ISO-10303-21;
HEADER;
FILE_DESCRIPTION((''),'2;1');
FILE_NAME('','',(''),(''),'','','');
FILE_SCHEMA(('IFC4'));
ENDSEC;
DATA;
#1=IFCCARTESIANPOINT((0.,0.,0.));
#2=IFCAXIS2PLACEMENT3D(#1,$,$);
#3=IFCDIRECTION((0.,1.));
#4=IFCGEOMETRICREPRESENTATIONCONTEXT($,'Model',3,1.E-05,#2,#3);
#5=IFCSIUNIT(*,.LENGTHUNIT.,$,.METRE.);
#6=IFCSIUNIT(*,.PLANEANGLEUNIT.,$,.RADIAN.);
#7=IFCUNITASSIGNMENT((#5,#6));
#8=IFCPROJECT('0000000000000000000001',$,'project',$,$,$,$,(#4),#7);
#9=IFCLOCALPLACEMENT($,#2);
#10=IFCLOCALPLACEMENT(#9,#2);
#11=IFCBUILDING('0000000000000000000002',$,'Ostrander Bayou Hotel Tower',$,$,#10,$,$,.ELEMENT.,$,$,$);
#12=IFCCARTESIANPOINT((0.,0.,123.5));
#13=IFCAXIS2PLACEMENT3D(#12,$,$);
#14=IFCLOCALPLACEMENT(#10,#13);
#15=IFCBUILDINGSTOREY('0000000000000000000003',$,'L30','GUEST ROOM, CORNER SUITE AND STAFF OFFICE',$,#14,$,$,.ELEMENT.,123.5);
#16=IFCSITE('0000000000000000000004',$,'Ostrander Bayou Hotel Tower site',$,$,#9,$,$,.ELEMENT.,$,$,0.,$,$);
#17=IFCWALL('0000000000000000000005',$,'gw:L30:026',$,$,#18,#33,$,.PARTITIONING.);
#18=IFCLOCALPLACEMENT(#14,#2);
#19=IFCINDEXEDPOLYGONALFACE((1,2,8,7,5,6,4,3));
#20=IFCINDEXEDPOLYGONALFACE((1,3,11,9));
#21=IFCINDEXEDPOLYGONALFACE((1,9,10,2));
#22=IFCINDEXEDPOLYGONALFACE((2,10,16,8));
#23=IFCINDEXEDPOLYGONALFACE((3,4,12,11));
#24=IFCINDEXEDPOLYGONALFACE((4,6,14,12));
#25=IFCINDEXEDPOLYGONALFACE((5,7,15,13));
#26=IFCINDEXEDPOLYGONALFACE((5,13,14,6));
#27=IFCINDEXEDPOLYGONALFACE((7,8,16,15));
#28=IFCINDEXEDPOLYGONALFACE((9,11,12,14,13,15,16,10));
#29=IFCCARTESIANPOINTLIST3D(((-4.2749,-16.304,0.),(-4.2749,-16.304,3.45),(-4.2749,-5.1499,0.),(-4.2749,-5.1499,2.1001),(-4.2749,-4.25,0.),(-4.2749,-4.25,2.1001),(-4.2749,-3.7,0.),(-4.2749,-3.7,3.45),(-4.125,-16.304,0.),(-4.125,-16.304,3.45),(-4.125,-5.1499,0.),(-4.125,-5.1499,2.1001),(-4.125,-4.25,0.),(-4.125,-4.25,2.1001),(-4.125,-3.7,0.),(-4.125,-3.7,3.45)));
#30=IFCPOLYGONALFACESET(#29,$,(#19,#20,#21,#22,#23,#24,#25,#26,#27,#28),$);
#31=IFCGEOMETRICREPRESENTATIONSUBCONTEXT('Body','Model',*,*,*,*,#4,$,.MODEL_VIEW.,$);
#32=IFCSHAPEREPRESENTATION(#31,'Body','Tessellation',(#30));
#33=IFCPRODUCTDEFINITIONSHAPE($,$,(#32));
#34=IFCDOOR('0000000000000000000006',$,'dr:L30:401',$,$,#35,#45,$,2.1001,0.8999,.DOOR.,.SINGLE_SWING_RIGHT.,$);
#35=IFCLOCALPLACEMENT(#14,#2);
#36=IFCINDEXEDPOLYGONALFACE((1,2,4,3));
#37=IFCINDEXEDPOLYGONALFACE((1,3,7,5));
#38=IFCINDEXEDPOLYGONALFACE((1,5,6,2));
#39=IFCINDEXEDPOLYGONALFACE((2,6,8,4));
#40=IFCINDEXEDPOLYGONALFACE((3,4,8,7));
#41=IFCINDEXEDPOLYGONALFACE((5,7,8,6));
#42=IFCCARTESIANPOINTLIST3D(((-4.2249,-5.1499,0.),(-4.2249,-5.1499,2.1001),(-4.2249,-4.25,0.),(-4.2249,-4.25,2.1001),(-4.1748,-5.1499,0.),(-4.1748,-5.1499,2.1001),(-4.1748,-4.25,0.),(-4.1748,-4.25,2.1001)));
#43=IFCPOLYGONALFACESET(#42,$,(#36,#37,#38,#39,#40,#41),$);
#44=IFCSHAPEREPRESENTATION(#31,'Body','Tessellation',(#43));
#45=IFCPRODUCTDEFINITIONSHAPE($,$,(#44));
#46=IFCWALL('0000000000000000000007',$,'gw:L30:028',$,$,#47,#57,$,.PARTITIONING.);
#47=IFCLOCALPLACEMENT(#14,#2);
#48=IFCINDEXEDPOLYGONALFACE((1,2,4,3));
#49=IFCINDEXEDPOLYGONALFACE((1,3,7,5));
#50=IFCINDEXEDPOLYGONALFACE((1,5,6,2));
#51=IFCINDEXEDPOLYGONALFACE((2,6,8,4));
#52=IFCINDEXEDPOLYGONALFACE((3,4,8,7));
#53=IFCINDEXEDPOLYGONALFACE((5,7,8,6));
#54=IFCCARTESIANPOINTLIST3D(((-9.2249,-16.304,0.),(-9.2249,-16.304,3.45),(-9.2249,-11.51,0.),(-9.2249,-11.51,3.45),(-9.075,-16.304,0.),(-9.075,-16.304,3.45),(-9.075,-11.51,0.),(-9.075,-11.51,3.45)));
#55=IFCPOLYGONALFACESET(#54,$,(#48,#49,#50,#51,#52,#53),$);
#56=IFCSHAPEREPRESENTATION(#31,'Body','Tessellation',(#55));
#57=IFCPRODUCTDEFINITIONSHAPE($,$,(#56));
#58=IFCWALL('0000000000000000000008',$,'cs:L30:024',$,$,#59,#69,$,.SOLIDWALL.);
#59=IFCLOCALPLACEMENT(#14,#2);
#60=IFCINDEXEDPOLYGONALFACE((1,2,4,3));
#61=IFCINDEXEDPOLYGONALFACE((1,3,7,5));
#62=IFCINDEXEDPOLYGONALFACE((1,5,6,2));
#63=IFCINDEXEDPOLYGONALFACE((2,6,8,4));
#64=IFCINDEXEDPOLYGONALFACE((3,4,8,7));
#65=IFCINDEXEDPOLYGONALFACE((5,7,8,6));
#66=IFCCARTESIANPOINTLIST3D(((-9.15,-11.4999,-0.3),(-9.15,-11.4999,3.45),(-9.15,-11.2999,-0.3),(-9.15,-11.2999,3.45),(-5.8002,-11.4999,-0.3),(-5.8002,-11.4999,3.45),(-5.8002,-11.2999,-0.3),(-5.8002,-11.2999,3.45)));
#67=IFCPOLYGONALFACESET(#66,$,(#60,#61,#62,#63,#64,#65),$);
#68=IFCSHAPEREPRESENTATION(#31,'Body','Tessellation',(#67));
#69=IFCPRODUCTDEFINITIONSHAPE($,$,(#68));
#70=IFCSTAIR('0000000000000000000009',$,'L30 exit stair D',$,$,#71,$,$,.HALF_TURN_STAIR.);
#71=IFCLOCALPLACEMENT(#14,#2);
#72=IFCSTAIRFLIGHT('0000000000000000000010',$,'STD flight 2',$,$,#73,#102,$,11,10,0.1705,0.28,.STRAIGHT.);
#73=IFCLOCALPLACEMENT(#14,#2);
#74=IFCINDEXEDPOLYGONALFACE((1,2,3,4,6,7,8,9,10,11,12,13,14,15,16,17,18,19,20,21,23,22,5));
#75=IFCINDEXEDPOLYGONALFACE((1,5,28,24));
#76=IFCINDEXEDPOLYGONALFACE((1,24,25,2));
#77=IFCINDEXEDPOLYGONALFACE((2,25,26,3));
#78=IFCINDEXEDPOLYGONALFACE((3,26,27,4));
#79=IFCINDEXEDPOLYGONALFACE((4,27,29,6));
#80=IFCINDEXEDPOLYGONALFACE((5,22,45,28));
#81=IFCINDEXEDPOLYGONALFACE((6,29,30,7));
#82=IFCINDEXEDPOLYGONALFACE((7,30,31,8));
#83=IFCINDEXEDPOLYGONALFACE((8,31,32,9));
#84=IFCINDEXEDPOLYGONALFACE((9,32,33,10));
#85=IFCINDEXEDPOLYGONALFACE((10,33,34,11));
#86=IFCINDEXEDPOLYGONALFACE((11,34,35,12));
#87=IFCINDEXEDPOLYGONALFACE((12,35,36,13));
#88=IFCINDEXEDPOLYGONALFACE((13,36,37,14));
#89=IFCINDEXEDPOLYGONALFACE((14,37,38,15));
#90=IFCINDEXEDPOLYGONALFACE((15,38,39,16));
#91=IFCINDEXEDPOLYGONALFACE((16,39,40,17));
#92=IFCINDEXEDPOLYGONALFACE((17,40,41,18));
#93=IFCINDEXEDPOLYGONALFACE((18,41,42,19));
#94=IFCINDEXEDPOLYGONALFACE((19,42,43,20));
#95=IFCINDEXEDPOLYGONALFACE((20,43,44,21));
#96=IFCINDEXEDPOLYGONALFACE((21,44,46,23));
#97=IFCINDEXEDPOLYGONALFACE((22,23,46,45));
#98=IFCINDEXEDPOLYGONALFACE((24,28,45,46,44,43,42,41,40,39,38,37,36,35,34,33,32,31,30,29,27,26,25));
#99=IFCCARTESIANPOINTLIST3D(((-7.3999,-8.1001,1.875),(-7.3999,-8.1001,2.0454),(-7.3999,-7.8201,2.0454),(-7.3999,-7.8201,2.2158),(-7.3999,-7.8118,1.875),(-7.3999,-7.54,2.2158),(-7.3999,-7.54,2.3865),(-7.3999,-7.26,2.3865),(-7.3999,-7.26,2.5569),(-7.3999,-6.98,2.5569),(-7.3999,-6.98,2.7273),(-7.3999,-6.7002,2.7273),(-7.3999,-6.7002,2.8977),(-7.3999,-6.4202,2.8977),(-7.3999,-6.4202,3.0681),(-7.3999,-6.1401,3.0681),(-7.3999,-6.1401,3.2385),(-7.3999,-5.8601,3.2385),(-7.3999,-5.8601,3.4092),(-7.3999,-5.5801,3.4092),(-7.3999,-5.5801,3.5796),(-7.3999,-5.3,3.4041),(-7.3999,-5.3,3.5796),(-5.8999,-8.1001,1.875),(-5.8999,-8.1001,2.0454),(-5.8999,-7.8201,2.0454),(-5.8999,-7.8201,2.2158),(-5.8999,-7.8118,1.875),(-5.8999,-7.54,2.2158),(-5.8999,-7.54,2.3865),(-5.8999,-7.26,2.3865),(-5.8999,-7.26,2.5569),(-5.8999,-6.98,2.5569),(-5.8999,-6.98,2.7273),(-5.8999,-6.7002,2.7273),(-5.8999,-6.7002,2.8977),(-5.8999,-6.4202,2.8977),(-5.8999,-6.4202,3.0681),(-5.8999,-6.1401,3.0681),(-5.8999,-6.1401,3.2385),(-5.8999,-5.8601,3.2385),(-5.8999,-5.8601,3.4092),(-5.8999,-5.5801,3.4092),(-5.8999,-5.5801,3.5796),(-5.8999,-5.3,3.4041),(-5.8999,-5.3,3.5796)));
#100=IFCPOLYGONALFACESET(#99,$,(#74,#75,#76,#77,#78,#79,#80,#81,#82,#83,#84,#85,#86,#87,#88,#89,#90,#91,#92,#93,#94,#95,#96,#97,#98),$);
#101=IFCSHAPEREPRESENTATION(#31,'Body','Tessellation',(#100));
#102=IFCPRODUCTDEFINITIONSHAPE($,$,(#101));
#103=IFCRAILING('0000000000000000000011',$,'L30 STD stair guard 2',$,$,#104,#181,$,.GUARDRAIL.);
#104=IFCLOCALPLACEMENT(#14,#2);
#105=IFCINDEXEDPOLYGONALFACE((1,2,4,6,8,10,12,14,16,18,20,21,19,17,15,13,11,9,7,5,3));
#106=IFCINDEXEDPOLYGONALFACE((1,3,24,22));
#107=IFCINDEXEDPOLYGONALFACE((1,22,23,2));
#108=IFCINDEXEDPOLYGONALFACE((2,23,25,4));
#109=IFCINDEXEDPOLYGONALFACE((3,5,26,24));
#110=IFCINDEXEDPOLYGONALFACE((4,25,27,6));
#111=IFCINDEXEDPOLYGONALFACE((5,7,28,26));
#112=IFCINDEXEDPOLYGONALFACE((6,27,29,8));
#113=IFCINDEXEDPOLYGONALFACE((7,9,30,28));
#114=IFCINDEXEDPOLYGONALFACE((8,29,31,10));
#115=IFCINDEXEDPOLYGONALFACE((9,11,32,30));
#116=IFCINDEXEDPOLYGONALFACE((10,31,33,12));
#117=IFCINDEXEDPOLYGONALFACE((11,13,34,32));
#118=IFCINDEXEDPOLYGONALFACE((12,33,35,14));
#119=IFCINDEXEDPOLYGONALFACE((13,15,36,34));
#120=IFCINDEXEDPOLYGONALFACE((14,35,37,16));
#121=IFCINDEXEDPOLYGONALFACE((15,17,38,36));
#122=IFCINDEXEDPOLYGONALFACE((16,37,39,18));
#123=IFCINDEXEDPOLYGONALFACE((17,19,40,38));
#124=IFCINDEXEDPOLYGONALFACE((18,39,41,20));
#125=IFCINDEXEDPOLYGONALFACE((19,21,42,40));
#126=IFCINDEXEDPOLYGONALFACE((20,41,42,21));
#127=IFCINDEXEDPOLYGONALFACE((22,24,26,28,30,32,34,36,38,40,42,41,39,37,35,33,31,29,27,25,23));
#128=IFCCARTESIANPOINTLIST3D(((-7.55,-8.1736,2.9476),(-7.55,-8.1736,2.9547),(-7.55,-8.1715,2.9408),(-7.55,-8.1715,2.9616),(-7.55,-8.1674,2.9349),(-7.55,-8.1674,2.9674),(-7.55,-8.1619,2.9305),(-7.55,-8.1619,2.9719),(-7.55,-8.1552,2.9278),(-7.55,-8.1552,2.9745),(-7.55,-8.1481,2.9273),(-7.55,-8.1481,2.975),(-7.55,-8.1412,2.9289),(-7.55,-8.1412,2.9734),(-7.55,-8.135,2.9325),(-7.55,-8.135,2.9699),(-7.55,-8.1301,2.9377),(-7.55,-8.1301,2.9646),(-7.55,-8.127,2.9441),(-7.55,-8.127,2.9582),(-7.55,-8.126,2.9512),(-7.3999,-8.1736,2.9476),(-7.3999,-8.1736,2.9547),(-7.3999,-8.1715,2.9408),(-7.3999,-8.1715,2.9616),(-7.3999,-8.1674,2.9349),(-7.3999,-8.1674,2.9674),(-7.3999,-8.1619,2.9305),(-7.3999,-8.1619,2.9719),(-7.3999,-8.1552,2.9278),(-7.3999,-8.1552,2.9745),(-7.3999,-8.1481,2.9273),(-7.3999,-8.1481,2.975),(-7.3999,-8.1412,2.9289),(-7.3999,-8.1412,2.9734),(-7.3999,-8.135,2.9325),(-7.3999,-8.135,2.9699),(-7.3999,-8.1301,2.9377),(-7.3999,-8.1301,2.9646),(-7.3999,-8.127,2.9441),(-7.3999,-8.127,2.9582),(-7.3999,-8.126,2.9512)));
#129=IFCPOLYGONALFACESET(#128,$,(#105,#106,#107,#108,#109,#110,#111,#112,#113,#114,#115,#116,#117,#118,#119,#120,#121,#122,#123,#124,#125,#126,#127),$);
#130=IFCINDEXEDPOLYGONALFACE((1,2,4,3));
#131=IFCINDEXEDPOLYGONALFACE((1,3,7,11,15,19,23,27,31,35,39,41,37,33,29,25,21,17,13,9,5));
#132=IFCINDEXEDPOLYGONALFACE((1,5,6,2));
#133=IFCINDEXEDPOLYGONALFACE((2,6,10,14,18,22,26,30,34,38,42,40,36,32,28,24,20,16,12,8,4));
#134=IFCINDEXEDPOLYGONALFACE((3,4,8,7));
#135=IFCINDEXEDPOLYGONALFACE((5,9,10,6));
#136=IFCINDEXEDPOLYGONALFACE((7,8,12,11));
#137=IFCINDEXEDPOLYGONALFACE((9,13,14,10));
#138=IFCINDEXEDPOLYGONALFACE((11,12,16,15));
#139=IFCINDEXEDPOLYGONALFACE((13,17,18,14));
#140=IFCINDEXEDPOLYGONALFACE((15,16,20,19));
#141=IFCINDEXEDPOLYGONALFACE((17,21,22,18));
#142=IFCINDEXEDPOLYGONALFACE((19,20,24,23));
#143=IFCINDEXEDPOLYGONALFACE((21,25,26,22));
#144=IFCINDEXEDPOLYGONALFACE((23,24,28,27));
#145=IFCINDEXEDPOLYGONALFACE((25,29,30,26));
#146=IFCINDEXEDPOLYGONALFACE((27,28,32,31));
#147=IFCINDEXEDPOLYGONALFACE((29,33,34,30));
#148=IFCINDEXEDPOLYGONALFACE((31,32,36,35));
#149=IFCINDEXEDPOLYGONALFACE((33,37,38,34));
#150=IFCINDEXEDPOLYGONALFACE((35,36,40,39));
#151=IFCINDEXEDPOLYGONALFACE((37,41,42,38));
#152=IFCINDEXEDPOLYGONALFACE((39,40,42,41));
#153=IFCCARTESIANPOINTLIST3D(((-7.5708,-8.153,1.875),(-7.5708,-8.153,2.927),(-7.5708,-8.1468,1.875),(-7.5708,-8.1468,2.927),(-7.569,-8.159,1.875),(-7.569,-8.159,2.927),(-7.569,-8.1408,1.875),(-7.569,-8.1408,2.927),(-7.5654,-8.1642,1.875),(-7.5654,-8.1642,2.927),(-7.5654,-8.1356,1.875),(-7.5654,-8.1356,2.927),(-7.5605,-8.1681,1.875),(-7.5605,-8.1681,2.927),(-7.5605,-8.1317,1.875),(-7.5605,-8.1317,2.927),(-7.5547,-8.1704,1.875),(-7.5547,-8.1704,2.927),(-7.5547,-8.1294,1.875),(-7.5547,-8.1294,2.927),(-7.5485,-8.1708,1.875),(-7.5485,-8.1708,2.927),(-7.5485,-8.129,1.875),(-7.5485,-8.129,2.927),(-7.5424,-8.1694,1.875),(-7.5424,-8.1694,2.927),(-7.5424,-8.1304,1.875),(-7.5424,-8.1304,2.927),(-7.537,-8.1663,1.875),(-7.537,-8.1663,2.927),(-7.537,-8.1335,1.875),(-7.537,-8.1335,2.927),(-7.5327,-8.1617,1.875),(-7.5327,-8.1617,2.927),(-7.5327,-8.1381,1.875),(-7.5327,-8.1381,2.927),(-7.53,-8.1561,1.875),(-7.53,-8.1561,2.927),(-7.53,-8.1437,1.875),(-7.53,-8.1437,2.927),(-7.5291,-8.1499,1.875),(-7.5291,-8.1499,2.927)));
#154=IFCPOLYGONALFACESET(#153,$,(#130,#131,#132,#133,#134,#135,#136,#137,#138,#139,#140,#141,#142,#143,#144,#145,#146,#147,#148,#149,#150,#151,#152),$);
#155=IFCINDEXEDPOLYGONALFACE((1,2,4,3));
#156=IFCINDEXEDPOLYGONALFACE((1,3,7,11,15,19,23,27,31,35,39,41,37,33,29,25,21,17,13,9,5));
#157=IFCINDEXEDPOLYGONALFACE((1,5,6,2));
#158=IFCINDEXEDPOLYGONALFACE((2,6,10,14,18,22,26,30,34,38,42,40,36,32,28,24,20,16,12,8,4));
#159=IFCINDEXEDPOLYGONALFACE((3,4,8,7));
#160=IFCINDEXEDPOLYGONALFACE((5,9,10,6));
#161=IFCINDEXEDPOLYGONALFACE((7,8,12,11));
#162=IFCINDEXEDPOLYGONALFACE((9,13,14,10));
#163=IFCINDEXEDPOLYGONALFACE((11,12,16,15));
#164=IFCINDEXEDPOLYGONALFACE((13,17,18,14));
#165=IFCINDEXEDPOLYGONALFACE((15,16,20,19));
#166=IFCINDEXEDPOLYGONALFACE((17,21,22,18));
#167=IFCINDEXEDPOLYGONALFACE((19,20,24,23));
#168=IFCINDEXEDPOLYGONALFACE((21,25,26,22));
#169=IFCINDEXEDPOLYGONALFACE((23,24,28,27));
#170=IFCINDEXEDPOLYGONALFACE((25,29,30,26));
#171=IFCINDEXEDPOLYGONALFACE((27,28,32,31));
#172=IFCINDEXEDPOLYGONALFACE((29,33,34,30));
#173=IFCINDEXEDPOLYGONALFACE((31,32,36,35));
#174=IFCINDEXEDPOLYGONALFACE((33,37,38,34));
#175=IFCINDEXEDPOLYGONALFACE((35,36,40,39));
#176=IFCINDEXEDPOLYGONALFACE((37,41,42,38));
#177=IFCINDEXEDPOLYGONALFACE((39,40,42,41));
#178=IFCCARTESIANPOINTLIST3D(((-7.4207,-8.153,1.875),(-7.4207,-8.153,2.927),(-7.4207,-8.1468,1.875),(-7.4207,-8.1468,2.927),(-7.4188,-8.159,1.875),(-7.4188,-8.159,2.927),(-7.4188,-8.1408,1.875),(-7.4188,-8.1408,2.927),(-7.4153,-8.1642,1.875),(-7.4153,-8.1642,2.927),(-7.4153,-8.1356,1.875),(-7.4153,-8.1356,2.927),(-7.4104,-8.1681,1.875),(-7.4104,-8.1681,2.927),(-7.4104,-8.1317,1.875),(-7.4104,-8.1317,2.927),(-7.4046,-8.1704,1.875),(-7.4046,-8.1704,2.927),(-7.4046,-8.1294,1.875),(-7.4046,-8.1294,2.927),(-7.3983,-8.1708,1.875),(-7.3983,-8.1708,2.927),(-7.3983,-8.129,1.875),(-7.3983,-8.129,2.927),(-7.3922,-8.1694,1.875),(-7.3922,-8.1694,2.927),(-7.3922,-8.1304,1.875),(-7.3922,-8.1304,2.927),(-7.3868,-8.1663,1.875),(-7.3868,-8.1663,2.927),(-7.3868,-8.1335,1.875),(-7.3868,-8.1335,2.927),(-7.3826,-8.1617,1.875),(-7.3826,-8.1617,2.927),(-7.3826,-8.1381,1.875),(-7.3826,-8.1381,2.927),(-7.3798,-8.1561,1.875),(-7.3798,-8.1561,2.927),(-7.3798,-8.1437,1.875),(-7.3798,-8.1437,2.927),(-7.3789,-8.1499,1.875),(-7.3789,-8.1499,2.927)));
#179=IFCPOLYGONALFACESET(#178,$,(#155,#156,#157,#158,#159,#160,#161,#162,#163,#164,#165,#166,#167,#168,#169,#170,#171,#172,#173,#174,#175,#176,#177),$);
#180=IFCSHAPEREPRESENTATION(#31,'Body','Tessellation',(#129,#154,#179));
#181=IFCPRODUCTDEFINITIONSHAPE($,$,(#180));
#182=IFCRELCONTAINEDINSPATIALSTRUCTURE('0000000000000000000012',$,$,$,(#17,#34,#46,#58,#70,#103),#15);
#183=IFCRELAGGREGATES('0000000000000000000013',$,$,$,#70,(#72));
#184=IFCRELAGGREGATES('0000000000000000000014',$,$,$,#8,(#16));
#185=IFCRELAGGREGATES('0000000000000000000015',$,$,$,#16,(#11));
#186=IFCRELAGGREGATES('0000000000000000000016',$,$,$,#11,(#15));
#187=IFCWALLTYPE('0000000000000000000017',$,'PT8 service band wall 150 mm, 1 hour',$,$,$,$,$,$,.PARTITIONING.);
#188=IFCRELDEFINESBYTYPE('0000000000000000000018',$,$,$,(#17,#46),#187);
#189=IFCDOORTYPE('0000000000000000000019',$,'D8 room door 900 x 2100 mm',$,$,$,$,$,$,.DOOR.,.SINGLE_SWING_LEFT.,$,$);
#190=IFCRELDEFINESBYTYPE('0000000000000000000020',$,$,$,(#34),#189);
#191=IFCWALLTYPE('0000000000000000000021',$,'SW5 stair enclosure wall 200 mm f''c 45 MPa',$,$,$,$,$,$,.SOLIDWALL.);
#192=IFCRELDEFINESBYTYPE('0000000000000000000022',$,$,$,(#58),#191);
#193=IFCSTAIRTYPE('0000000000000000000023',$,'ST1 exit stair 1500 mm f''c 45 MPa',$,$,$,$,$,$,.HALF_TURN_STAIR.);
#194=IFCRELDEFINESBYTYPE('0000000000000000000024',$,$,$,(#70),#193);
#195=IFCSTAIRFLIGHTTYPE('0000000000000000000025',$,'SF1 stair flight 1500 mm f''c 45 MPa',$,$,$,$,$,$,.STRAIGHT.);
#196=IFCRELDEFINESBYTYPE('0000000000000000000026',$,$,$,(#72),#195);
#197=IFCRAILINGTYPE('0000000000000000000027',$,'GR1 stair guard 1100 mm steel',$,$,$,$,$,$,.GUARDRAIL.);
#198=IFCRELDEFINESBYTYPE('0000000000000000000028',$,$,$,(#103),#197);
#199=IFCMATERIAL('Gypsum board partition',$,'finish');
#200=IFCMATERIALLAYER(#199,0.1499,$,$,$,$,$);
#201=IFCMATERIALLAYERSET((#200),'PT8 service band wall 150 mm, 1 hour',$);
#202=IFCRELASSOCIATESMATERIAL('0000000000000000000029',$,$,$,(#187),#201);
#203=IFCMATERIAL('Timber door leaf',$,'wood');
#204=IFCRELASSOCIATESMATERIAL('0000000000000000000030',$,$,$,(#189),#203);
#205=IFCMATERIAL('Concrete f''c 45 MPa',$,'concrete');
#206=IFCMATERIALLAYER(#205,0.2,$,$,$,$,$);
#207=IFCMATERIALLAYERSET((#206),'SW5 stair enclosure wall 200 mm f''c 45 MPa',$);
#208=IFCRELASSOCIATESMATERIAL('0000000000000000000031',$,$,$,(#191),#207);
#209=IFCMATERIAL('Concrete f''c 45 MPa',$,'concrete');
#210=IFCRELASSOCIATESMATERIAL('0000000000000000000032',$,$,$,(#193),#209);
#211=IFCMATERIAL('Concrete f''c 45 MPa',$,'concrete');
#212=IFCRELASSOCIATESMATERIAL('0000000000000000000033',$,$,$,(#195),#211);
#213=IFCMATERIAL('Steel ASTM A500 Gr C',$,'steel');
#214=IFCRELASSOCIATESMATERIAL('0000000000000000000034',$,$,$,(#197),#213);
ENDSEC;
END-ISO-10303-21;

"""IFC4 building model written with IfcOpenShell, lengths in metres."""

from ifc_helpers import new_model, si_unit, direction, frame, frame_2d, origin, origin_2d, place, context, subcontext, project, spatial, polyline, rectangle, circle, outline, extrude, material, layer, layer_set, type_object, element, fill, aggregate, save


model = new_model("IFC4")

# Units and contexts
model_context = context("Model", 3, precision=1e-05, world=origin(), true_north=direction((0.0, 1.0)))
body_context = subcontext(model_context, "Body", "Model", "MODEL_VIEW")
ifc_project = project(units=[si_unit("LENGTHUNIT", "METRE"), si_unit("PLANEANGLEUNIT", "RADIAN")], contexts=[model_context])

# Site, building, storey
site_placement = place(None, origin())
site = spatial("IfcSite", under=ifc_project, at=site_placement, Name="Ostrander Bayou Hotel Tower site", CompositionType="ELEMENT", RefElevation=0.0)
building_placement = place(site_placement, origin())
building = spatial("IfcBuilding", under=site, at=building_placement, Name="Ostrander Bayou Hotel Tower", CompositionType="ELEMENT")
storey_placement = place(building_placement, frame((0.0, 0.0, 123.5)))
storey = spatial("IfcBuildingStorey", under=building, at=storey_placement, Name="L30", Description="GUEST ROOM, CORNER SUITE AND STAFF OFFICE", CompositionType="ELEMENT", Elevation=123.5)

# Wall, opening, door
ifc_material_1 = material(Name="Gypsum board partition", Category="finish")
ifc_layer_1 = layer(ifc_material_1, 0.1499)
ifc_layer_set_1 = layer_set([ifc_layer_1], Name="PT8 service band wall 150 mm, 1 hour")
wall_type_1 = type_object("IfcWallType", Name="PT8 service band wall 150 mm, 1 hour", PredefinedType="PARTITIONING", material=ifc_layer_set_1)
wall_1_placement = place(storey_placement, frame((-4.2, -16.304, 0.0), z_axis=(0.0, 0.0, 1.0), x_axis=(0.0, 1.0, 0.0)))
wall_1 = element("IfcWall", 1, at=wall_1_placement, inside=storey, type_object=wall_type_1, Name="gw:L30:026", PredefinedType="PARTITIONING", context=body_context, shape_type="SweptSolid", body=[
    extrude(rectangle(XDim=12.604, YDim=0.1499, at=frame_2d((6.302, 0.0))), origin(), (0.0, 0.0, 1.0), 3.45),
])
opening_1_placement = place(wall_1_placement, frame((11.1541, 0.0, 0.0)))
opening_1 = element("IfcOpeningElement", 2, at=opening_1_placement, cuts=wall_1, PredefinedType="OPENING", context=body_context, shape_type="SweptSolid", body=[
    extrude(rectangle(XDim=0.8999, YDim=2.1001, at=frame_2d((0.45, 1.05))), frame((0.0, 0.075, 0.0), z_axis=(0.0, -1.0, 0.0), x_axis=(1.0, 0.0, 0.0)), (0.0, 0.0, 1.0), 0.1499),
])
ifc_material_2 = material(Name="Timber door leaf", Category="wood")
door_type_1 = type_object("IfcDoorType", Name="D8 room door 900 x 2100 mm", OperationType="SINGLE_SWING_LEFT", PredefinedType="DOOR", material=ifc_material_2)
door_1_placement = place(opening_1_placement, origin())
door_1 = element("IfcDoor", 3, at=door_1_placement, inside=storey, type_object=door_type_1, Name="dr:L30:401", OperationType="SINGLE_SWING_RIGHT", OverallHeight=2.1001, OverallWidth=0.8999, PredefinedType="DOOR", context=body_context, shape_type="SweptSolid", body=[
    extrude(rectangle(XDim=0.8999, YDim=2.1001, at=frame_2d((0.45, 1.05))), frame((0.0, 0.0249, 0.0), z_axis=(0.0, -1.0, 0.0), x_axis=(1.0, 0.0, 0.0)), (0.0, 0.0, 1.0), 0.05),
])
fill(opening_1, door_1)

# Walls
wall_2_placement = place(storey_placement, frame((-9.1499, -16.304, 0.0), z_axis=(0.0, 0.0, 1.0), x_axis=(0.0, 1.0, 0.0)))
element("IfcWall", 4, at=wall_2_placement, inside=storey, type_object=wall_type_1, Name="gw:L30:028", PredefinedType="PARTITIONING", context=body_context, shape_type="SweptSolid", body=[
    extrude(rectangle(XDim=4.7939, YDim=0.1499, at=frame_2d((2.397, 0.0))), origin(), (0.0, 0.0, 1.0), 3.45),
])
ifc_material_3 = material(Name="Concrete f'c 45 MPa", Category="concrete")
ifc_layer_2 = layer(ifc_material_3, 0.2)
ifc_layer_set_2 = layer_set([ifc_layer_2], Name="SW5 stair enclosure wall 200 mm f'c 45 MPa")
wall_type_2 = type_object("IfcWallType", Name="SW5 stair enclosure wall 200 mm f'c 45 MPa", PredefinedType="SOLIDWALL", material=ifc_layer_set_2)
wall_3_placement = place(storey_placement, frame((-9.1499, -11.3999, -0.3), z_axis=(0.0, 0.0, 1.0), x_axis=(1.0, 0.0, 0.0)))
element("IfcWall", 5, at=wall_3_placement, inside=storey, type_object=wall_type_2, Name="cs:L30:024", PredefinedType="SOLIDWALL", context=body_context, shape_type="SweptSolid", body=[
    extrude(rectangle(XDim=3.3499, YDim=0.2, at=frame_2d((1.6748, 0.0))), origin(), (0.0, 0.0, 1.0), 3.75),
])

# Stair, stair flight
ifc_material_4 = material(Name="Concrete f'c 45 MPa", Category="concrete")
stair_type = type_object("IfcStairType", Name="ST1 exit stair 1500 mm f'c 45 MPa", PredefinedType="HALF_TURN_STAIR", material=ifc_material_4)
stair_placement = place(storey_placement, origin())
stair = element("IfcStair", 6, at=stair_placement, inside=storey, type_object=stair_type, Name="L30 exit stair D", PredefinedType="HALF_TURN_STAIR")
ifc_material_5 = material(Name="Concrete f'c 45 MPa", Category="concrete")
stair_flight_type = type_object("IfcStairFlightType", Name="SF1 stair flight 1500 mm f'c 45 MPa", PredefinedType="STRAIGHT", material=ifc_material_5)
stair_flight_placement = place(storey_placement, frame((-6.6499, -8.1001, 1.875), z_axis=(0.0, 0.0, 1.0), x_axis=(0.0, 1.0, 0.0)))
stair_flight = element("IfcStairFlight", 7, at=stair_flight_placement, type_object=stair_flight_type, Name="STD flight 2", NumberOfRisers=11, NumberOfTreads=10, PredefinedType="STRAIGHT", RiserHeight=0.1705, TreadLength=0.28, context=body_context, shape_type="SweptSolid", body=[
    extrude(outline(polyline([(0.0, 0.0), (0.0, 0.1704), (0.28, 0.1704), (0.28, 0.3408), (0.5601, 0.3408), (0.5601, 0.5115), (0.8401, 0.5115), (0.8401, 0.6819), (1.1201, 0.6819), (1.1201, 0.8523), (1.3999, 0.8523), (1.3999, 1.0227), (1.6799, 1.0227), (1.6799, 1.1931), (1.96, 1.1931), (1.96, 1.3635), (2.24, 1.3635), (2.24, 1.5342), (2.52, 1.5342), (2.52, 1.7046), (2.8, 1.7046), (2.8, 1.875), (2.8, 1.5291), (0.2883, 0.0), (0.0, 0.0)])), frame((0.0, 0.75, 0.0), z_axis=(0.0, -1.0, 0.0), x_axis=(1.0, 0.0, 0.0)), (0.0, 0.0, 1.0), 1.5),
])
aggregate(stair, [stair_flight])

# Railing
ifc_material_6 = material(Name="Steel ASTM A500 Gr C", Category="steel")
railing_type_1 = type_object("IfcRailingType", Name="GR1 stair guard 1100 mm steel", PredefinedType="GUARDRAIL", material=ifc_material_6)
railing_1_placement = place(storey_placement, frame((-7.55, -8.1499, 1.875)))
element("IfcRailing", 8, at=railing_1_placement, inside=storey, type_object=railing_type_1, Name="L30 STD stair guard 2", PredefinedType="GUARDRAIL", context=body_context, shape_type="SweptSolid", body=[
    extrude(circle(Radius=0.0239, at=origin_2d()), frame((0.0, 0.0, 1.0762), z_axis=(1.0, 0.0, 0.0), x_axis=(0.0, 1.0, 0.0)), (0.0, 0.0, 1.0), 0.1501),
    extrude(circle(Radius=0.021, at=origin_2d()), origin(), (0.0, 0.0, 1.0), 1.052),
    extrude(circle(Radius=0.021, at=origin_2d()), frame((0.1501, 0.0, 0.0)), (0.0, 0.0, 1.0), 1.052),
])

save(model, "model.ifc")
